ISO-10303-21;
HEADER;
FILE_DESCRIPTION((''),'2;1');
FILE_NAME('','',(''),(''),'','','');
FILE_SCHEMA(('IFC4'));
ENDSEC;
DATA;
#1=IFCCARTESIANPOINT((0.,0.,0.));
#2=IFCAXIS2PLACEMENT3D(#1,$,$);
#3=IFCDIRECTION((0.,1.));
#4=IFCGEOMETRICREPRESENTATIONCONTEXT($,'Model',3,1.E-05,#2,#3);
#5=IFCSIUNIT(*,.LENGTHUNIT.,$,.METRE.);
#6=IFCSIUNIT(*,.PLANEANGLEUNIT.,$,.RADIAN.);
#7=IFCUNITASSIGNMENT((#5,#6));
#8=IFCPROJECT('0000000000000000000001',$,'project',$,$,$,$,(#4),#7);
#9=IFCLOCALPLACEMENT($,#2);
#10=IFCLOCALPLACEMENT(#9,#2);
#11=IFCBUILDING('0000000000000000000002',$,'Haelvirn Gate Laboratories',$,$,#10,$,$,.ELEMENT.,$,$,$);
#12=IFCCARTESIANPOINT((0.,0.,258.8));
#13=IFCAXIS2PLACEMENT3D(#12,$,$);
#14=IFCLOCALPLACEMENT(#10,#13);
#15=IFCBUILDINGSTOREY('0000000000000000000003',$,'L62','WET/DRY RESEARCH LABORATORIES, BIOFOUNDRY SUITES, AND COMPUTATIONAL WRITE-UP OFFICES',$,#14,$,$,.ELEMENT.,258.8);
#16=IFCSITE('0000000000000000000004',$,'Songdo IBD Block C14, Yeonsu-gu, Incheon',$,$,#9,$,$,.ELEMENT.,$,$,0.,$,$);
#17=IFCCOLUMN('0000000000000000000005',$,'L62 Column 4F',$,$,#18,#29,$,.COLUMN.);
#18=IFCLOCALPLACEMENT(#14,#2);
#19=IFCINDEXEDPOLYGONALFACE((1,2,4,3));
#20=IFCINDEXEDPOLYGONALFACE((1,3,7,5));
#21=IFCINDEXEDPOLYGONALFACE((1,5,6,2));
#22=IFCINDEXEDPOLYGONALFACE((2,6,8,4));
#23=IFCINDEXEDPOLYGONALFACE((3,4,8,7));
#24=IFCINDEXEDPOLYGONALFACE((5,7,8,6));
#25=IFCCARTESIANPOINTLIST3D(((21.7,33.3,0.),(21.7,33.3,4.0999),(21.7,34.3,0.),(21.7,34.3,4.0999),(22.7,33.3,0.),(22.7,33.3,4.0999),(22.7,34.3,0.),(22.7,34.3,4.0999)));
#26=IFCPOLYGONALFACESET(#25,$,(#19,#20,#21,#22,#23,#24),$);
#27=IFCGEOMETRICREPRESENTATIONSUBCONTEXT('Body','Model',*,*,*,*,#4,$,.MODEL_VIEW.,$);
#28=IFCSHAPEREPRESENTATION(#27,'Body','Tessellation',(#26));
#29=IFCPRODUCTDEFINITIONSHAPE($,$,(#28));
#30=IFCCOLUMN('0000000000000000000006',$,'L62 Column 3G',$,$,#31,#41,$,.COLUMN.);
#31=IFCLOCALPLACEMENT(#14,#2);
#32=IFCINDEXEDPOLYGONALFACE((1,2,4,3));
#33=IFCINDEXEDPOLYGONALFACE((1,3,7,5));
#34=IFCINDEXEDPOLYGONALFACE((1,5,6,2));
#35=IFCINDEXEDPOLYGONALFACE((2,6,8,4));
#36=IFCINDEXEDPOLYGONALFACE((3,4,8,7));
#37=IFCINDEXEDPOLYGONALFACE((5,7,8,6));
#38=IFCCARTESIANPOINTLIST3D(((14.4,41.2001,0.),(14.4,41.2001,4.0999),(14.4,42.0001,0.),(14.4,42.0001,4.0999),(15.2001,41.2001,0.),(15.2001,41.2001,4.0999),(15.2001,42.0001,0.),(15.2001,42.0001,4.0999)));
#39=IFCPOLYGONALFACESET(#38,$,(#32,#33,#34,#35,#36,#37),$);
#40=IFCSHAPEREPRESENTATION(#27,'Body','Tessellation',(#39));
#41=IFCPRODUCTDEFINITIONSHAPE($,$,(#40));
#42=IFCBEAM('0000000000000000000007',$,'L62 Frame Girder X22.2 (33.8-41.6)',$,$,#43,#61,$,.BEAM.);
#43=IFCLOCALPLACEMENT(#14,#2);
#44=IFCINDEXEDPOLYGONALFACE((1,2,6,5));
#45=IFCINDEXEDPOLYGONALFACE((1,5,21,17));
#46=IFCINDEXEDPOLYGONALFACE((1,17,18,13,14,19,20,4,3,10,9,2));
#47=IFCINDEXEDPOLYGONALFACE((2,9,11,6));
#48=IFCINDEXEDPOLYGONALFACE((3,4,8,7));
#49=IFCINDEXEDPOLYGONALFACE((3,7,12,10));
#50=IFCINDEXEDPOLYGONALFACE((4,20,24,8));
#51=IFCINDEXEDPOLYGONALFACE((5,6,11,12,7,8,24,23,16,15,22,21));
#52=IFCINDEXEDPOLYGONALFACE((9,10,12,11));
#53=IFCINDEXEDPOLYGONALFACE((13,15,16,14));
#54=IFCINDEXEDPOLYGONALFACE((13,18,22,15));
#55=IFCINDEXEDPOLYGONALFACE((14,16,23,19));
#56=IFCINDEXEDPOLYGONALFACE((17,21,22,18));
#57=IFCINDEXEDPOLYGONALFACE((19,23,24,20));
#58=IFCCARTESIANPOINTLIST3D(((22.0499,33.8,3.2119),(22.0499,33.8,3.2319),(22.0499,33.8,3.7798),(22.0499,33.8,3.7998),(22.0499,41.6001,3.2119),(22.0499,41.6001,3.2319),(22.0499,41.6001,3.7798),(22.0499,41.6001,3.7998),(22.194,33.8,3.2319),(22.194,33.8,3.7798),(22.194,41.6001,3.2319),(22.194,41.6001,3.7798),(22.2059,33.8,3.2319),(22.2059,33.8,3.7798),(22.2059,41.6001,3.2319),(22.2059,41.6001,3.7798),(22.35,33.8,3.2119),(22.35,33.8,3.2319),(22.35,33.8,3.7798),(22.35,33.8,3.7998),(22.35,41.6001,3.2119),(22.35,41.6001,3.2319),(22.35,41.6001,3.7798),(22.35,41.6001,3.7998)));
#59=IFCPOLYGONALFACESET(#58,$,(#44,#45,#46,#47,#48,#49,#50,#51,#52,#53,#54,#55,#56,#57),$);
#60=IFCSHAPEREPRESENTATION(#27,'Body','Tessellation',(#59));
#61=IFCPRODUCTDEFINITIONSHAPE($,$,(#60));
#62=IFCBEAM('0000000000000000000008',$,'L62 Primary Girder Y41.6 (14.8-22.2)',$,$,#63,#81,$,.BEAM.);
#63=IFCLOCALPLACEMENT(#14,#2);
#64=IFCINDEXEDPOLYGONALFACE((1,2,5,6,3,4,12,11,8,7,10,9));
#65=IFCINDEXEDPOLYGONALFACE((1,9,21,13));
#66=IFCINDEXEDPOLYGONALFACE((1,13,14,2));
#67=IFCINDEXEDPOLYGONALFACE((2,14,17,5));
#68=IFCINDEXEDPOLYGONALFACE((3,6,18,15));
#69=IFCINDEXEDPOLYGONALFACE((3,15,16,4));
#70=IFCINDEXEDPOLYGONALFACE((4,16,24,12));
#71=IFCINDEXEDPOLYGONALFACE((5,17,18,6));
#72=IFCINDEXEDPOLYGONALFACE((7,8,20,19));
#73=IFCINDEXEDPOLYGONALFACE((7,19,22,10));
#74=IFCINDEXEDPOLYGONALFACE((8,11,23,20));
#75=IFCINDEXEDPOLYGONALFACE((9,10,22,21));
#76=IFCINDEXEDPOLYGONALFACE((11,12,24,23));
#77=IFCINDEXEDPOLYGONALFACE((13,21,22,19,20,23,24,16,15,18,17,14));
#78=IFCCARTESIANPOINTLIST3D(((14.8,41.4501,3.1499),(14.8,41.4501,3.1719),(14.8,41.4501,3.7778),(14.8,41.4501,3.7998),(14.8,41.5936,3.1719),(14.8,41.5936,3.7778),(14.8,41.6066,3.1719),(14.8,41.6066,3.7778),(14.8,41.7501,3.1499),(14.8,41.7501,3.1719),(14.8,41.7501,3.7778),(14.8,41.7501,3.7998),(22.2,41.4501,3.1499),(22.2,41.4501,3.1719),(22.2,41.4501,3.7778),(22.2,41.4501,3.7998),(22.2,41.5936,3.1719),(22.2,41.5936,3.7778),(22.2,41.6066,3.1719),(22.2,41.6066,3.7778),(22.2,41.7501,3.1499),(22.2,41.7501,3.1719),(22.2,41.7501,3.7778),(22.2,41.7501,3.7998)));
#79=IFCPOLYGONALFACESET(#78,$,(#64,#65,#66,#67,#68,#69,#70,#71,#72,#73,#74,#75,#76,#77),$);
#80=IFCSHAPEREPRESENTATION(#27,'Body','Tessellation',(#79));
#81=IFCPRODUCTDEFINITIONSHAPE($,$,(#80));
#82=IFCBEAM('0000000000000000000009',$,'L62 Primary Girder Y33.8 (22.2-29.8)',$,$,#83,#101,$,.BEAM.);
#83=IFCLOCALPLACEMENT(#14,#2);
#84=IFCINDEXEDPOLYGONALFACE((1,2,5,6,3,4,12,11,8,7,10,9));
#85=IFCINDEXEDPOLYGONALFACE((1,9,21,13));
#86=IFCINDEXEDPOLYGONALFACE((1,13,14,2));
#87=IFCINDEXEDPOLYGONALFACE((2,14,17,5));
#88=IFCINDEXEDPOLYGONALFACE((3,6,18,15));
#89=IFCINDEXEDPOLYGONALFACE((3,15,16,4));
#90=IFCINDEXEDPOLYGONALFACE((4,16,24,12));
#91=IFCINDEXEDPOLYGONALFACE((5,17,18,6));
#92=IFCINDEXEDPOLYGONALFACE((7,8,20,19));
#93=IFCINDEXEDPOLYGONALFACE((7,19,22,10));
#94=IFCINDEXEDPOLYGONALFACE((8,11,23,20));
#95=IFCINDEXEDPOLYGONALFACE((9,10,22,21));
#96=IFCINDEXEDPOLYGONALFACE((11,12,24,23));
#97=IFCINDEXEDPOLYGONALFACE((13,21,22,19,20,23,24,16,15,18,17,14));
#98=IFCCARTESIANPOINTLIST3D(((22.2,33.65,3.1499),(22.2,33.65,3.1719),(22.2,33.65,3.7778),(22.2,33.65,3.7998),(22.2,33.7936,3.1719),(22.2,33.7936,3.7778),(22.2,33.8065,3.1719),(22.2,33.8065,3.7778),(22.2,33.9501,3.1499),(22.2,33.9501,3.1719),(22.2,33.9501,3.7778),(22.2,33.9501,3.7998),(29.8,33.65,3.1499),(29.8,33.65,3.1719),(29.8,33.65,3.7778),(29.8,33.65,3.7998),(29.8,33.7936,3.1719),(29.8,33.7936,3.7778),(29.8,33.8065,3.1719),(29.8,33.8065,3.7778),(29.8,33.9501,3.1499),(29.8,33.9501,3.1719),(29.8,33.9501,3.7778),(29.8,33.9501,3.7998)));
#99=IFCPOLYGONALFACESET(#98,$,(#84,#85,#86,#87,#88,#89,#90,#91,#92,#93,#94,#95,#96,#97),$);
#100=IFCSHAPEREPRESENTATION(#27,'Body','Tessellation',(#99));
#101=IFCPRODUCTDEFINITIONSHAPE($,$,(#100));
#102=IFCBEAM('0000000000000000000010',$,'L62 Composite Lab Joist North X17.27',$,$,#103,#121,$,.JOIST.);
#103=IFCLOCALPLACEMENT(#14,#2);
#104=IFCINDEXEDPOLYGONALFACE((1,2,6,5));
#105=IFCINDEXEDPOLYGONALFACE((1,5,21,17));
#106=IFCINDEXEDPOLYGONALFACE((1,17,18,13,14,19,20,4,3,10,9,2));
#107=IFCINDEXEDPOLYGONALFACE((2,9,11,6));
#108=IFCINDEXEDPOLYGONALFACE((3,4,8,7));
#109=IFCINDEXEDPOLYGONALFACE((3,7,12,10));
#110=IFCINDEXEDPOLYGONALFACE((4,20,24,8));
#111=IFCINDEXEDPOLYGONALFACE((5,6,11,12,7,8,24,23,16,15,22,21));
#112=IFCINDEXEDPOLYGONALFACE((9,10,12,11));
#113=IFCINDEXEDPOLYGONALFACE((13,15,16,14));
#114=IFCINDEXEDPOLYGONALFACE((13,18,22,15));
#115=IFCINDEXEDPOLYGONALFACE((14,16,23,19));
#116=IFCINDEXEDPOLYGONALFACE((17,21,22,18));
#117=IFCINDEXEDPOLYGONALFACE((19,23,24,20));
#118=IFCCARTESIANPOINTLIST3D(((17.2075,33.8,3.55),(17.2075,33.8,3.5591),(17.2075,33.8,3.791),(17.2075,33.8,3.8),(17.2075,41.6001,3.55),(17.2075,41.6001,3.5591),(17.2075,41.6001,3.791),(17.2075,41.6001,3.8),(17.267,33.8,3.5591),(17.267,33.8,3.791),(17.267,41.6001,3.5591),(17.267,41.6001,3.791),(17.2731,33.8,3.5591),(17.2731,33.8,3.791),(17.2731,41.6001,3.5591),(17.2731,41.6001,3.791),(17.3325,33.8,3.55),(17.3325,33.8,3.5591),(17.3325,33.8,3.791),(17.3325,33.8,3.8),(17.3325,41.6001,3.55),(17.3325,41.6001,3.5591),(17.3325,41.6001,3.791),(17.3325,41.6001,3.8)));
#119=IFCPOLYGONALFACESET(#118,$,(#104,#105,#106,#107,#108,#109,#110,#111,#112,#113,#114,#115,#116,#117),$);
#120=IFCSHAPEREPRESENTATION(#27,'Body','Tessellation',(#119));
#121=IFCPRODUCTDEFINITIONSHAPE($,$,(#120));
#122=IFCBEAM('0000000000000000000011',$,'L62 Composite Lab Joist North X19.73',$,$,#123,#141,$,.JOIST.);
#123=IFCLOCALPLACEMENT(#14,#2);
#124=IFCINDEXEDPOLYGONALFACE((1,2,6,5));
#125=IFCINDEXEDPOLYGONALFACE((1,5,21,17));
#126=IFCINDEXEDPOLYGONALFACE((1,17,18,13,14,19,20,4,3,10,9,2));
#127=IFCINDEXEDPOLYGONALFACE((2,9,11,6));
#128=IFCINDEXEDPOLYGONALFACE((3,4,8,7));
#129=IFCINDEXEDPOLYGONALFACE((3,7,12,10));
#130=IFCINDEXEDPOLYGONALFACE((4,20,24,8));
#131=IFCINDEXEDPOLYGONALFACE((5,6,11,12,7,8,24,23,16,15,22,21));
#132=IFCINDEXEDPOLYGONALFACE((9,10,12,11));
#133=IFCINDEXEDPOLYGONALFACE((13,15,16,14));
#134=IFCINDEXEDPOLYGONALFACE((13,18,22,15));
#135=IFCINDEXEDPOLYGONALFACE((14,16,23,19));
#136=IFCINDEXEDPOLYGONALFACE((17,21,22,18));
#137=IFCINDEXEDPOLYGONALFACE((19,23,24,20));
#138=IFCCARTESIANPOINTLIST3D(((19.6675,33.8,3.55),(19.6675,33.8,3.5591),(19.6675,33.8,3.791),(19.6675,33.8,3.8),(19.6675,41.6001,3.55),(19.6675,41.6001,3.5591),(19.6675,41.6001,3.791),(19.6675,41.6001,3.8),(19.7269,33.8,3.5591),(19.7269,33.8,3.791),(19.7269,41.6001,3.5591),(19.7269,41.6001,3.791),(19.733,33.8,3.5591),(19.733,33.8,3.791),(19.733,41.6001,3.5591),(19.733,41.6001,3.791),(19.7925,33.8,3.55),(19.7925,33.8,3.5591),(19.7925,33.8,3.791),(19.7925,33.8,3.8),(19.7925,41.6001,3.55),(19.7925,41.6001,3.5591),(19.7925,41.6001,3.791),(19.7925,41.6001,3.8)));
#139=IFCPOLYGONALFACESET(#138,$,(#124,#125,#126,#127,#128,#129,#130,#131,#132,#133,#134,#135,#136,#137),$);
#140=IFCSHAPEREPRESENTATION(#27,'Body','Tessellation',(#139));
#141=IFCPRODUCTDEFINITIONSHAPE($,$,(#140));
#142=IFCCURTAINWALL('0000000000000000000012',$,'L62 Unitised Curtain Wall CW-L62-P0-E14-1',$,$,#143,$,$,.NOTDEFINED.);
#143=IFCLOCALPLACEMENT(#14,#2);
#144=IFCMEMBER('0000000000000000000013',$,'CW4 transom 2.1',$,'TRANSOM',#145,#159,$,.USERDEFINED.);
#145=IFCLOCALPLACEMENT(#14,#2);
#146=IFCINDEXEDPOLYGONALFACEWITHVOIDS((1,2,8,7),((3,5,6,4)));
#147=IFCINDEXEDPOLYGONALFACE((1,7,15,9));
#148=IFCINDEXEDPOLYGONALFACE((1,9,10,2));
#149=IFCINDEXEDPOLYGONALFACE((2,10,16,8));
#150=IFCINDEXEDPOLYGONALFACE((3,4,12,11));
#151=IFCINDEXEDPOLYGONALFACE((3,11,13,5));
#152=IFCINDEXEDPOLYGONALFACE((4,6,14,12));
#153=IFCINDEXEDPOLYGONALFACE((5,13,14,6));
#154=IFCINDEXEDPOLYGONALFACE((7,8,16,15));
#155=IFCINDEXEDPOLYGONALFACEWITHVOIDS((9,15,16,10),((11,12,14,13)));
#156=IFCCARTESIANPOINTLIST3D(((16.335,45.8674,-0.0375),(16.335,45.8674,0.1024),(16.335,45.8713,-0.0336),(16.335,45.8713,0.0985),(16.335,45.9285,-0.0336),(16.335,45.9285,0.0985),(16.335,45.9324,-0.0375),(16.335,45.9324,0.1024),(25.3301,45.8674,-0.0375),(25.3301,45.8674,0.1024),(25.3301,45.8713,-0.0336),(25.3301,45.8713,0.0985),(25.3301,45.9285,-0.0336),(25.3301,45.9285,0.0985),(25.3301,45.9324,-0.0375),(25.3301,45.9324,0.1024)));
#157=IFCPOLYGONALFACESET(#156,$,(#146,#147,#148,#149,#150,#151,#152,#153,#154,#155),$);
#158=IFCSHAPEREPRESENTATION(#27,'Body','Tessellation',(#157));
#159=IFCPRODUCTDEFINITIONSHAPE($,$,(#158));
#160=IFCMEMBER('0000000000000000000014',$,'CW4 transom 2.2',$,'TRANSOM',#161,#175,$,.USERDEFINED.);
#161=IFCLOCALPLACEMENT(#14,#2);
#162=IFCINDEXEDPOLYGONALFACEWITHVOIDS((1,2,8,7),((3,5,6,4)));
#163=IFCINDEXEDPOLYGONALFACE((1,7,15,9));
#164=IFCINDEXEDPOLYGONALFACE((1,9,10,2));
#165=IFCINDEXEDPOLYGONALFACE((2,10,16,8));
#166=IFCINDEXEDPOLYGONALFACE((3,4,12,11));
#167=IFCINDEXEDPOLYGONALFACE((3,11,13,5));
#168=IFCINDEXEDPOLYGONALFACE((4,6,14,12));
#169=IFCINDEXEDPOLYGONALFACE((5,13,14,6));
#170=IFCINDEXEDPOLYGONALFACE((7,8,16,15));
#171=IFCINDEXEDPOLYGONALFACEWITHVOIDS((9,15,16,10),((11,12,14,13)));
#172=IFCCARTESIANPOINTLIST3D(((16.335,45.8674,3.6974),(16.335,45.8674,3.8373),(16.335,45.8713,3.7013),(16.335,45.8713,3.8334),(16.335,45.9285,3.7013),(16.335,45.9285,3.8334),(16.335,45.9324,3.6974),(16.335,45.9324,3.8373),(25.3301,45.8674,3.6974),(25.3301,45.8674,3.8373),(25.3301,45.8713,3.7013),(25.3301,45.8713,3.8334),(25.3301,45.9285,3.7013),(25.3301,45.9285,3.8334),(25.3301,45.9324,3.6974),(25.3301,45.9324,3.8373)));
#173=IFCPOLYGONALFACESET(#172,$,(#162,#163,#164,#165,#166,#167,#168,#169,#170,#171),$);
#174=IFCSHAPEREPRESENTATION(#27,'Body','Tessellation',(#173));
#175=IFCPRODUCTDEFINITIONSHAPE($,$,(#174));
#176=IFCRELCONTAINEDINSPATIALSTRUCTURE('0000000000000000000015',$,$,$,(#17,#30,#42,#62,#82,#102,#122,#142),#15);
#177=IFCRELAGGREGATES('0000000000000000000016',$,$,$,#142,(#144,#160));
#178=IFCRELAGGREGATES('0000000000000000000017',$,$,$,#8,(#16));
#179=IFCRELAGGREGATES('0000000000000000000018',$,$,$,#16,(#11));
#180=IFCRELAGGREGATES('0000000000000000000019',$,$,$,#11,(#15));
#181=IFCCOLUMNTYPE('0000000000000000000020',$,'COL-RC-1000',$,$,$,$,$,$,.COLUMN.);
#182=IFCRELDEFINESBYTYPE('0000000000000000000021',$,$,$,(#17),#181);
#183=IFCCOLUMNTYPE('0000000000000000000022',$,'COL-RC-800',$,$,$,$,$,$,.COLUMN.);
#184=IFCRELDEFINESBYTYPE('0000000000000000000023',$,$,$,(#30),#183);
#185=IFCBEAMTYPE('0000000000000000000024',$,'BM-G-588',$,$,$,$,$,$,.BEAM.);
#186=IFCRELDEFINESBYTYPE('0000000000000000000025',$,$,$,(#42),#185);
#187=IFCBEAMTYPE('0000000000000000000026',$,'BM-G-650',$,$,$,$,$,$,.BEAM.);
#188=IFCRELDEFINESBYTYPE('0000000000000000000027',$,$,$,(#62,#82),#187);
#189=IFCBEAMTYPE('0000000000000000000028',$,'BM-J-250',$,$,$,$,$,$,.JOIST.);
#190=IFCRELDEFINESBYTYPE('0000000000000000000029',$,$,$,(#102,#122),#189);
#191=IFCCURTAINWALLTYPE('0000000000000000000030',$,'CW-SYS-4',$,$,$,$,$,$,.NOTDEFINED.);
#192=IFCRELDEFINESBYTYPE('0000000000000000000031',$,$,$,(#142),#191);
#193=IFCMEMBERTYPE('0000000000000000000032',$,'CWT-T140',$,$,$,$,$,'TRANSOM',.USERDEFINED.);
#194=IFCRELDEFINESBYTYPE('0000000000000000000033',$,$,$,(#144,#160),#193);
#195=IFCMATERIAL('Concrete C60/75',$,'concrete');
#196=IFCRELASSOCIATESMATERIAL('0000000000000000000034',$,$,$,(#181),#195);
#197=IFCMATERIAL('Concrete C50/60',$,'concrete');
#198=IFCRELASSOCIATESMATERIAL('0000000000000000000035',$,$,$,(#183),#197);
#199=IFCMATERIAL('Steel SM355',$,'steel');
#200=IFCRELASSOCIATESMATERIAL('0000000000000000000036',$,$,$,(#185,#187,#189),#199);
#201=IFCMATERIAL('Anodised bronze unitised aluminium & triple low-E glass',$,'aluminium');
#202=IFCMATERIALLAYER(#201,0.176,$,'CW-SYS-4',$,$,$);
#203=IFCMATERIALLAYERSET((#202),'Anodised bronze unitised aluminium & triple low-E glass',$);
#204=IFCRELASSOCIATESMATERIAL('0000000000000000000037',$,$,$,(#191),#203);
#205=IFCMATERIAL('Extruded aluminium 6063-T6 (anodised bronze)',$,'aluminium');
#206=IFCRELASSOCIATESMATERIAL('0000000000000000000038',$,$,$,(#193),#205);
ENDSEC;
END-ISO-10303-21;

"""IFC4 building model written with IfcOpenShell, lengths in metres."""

from ifc_helpers import new_model, si_unit, direction, frame, origin, origin_2d, place, context, subcontext, project, spatial, rectangle, hollow_rectangle, i_section, extrude, source, transform, mapped, material, layer, layer_set, material_profile, profile_set, type_object, type_shapes, element, aggregate, save


model = new_model("IFC4")

# Units and contexts
model_context = context("Model", 3, precision=1e-05, world=origin(), true_north=direction((0.0, 1.0)))
body_context = subcontext(model_context, "Body", "Model", "MODEL_VIEW")
ifc_project = project(units=[si_unit("LENGTHUNIT", "METRE"), si_unit("PLANEANGLEUNIT", "RADIAN")], contexts=[model_context])

# Site, building, storey
site_placement = place(None, origin())
site = spatial("IfcSite", under=ifc_project, at=site_placement, Name="Songdo IBD Block C14, Yeonsu-gu, Incheon", CompositionType="ELEMENT", RefElevation=0.0)
building_placement = place(site_placement, origin())
building = spatial("IfcBuilding", under=site, at=building_placement, Name="Haelvirn Gate Laboratories", CompositionType="ELEMENT")
storey_placement = place(building_placement, frame((0.0, 0.0, 258.8)))
storey = spatial("IfcBuildingStorey", under=building, at=storey_placement, Name="L62", Description="WET/DRY RESEARCH LABORATORIES, BIOFOUNDRY SUITES, AND COMPUTATIONAL WRITE-UP OFFICES", CompositionType="ELEMENT", Elevation=258.8)

# Columns
ifc_material_1 = material(Name="Concrete C60/75", Category="concrete")
ifc_material_profile_1 = material_profile(ifc_material_1, rectangle(XDim=1.0, YDim=1.0, at=origin_2d()), Name="RC-1000x1000")
ifc_profile_set_1 = profile_set([ifc_material_profile_1], Name="Concrete C60/75")
column_type_1 = type_object("IfcColumnType", Name="COL-RC-1000", PredefinedType="COLUMN", material=ifc_profile_set_1)
shared_shape_1 = source(origin(), body_context, "Body", "SweptSolid", [
    extrude(rectangle(XDim=1.0, YDim=1.0, at=origin_2d()), origin(), (0.0, 0.0, 1.0), 4.0999),
])
type_shapes(column_type_1, [shared_shape_1])
column_1_placement = place(storey_placement, frame((22.2, 33.8, 0.0), z_axis=(0.0, 0.0, 1.0), x_axis=(1.0, 0.0, 0.0)))
element("IfcColumn", 1, at=column_1_placement, inside=storey, type_object=column_type_1, Name="L62 Column 4F", PredefinedType="COLUMN", context=body_context, shape_type="MappedRepresentation", body=[
    mapped(shared_shape_1, transform((0.0, 0.0, 0.0), scale=1.0)),
])
ifc_material_2 = material(Name="Concrete C50/60", Category="concrete")
ifc_material_profile_2 = material_profile(ifc_material_2, rectangle(XDim=0.8, YDim=0.8, at=origin_2d()), Name="RC-800x800")
ifc_profile_set_2 = profile_set([ifc_material_profile_2], Name="Concrete C50/60")
column_type_2 = type_object("IfcColumnType", Name="COL-RC-800", PredefinedType="COLUMN", material=ifc_profile_set_2)
shared_shape_2 = source(origin(), body_context, "Body", "SweptSolid", [
    extrude(rectangle(XDim=0.8, YDim=0.8, at=origin_2d()), origin(), (0.0, 0.0, 1.0), 4.0999),
])
type_shapes(column_type_2, [shared_shape_2])
column_2_placement = place(storey_placement, frame((14.8, 41.6001, 0.0), z_axis=(0.0, 0.0, 1.0), x_axis=(1.0, 0.0, 0.0)))
element("IfcColumn", 2, at=column_2_placement, inside=storey, type_object=column_type_2, Name="L62 Column 3G", PredefinedType="COLUMN", context=body_context, shape_type="MappedRepresentation", body=[
    mapped(shared_shape_2, transform((0.0, 0.0, 0.0), scale=1.0)),
])

# Beams
ifc_material_3 = material(Name="Steel SM355", Category="steel")
ifc_material_profile_3 = material_profile(ifc_material_3, i_section(OverallWidth=0.3, OverallDepth=0.5879, WebThickness=0.012, FlangeThickness=0.02, at=origin_2d()), Name="H-588x300x12x20")
ifc_profile_set_3 = profile_set([ifc_material_profile_3], Name="Steel SM355")
beam_type_1 = type_object("IfcBeamType", Name="BM-G-588", PredefinedType="BEAM", material=ifc_profile_set_3)
shared_shape_3 = source(origin(), body_context, "Body", "SweptSolid", [
    extrude(i_section(OverallWidth=0.3, OverallDepth=0.5879, WebThickness=0.012, FlangeThickness=0.02, at=origin_2d()), origin(), (0.0, 0.0, 1.0), 7.8),
])
type_shapes(beam_type_1, [shared_shape_3])
beam_1_placement = place(storey_placement, frame((22.2, 33.8, 3.5059), z_axis=(0.0, 1.0, 0.0), x_axis=(-1.0, 0.0, 0.0)))
element("IfcBeam", 3, at=beam_1_placement, inside=storey, type_object=beam_type_1, Name="L62 Frame Girder X22.2 (33.8-41.6)", PredefinedType="BEAM", context=body_context, shape_type="MappedRepresentation", body=[
    mapped(shared_shape_3, transform((0.0, 0.0, 0.0), scale=1.0)),
])
ifc_material_profile_4 = material_profile(ifc_material_3, i_section(OverallWidth=0.3, OverallDepth=0.6499, WebThickness=0.0129, FlangeThickness=0.022, at=origin_2d()), Name="H-650x300x13x22")
ifc_profile_set_4 = profile_set([ifc_material_profile_4], Name="Steel SM355")
beam_type_2 = type_object("IfcBeamType", Name="BM-G-650", PredefinedType="BEAM", material=ifc_profile_set_4)
shared_shape_4 = source(origin(), body_context, "Body", "SweptSolid", [
    extrude(i_section(OverallWidth=0.3, OverallDepth=0.6499, WebThickness=0.0129, FlangeThickness=0.022, at=origin_2d()), origin(), (0.0, 0.0, 1.0), 7.3999),
])
beam_2_placement = place(storey_placement, frame((14.8, 41.6001, 3.4749), z_axis=(1.0, 0.0, 0.0), x_axis=(0.0, 1.0, 0.0)))
element("IfcBeam", 4, at=beam_2_placement, inside=storey, type_object=beam_type_2, Name="L62 Primary Girder Y41.6 (14.8-22.2)", PredefinedType="BEAM", context=body_context, shape_type="MappedRepresentation", body=[
    mapped(shared_shape_4, transform((0.0, 0.0, 0.0), scale=1.0)),
])
shared_shape_5 = source(origin(), body_context, "Body", "SweptSolid", [
    extrude(i_section(OverallWidth=0.3, OverallDepth=0.6499, WebThickness=0.0129, FlangeThickness=0.022, at=origin_2d()), origin(), (0.0, 0.0, 1.0), 7.6001),
])
type_shapes(beam_type_2, [shared_shape_4, shared_shape_5])
beam_3_placement = place(storey_placement, frame((22.2, 33.8, 3.4749), z_axis=(1.0, 0.0, 0.0), x_axis=(0.0, 1.0, 0.0)))
element("IfcBeam", 5, at=beam_3_placement, inside=storey, type_object=beam_type_2, Name="L62 Primary Girder Y33.8 (22.2-29.8)", PredefinedType="BEAM", context=body_context, shape_type="MappedRepresentation", body=[
    mapped(shared_shape_5, transform((0.0, 0.0, 0.0), scale=1.0)),
])
ifc_material_profile_5 = material_profile(ifc_material_3, i_section(OverallWidth=0.125, OverallDepth=0.25, WebThickness=0.0061, FlangeThickness=0.009, at=origin_2d()), Name="H-250x125x6x9")
ifc_profile_set_5 = profile_set([ifc_material_profile_5], Name="Steel SM355")
beam_type_3 = type_object("IfcBeamType", Name="BM-J-250", PredefinedType="JOIST", material=ifc_profile_set_5)
shared_shape_6 = source(origin(), body_context, "Body", "SweptSolid", [
    extrude(i_section(OverallWidth=0.125, OverallDepth=0.25, WebThickness=0.0061, FlangeThickness=0.009, at=origin_2d()), origin(), (0.0, 0.0, 1.0), 7.8),
])
type_shapes(beam_type_3, [shared_shape_6])
for number, where, z_axis, x_axis, name in (
    (6, (17.27, 33.8, 3.675), (0.0, 1.0, 0.0), (-1.0, 0.0, 0.0), "L62 Composite Lab Joist North X17.27"),
    (7, (19.73, 33.8, 3.675), (0.0, 1.0, 0.0), (-1.0, 0.0, 0.0), "L62 Composite Lab Joist North X19.73"),
):
    element("IfcBeam", number, at=place(storey_placement, frame(where, z_axis=z_axis, x_axis=x_axis)), inside=storey, type_object=beam_type_3, Name=name, PredefinedType="JOIST", context=body_context, shape_type="MappedRepresentation", body=[
        mapped(shared_shape_6, transform((0.0, 0.0, 0.0), scale=1.0)),
    ])

# Curtain wall, members
ifc_material_4 = material(Name="Anodised bronze unitised aluminium & triple low-E glass", Category="aluminium")
ifc_layer_1 = layer(ifc_material_4, 0.176, Name="CW-SYS-4")
ifc_layer_set_1 = layer_set([ifc_layer_1], Name="Anodised bronze unitised aluminium & triple low-E glass")
curtain_wall_type = type_object("IfcCurtainWallType", Name="CW-SYS-4", PredefinedType="NOTDEFINED", material=ifc_layer_set_1)
curtain_wall_placement = place(storey_placement, origin())
curtain_wall = element("IfcCurtainWall", 8, at=curtain_wall_placement, inside=storey, type_object=curtain_wall_type, Name="L62 Unitised Curtain Wall CW-L62-P0-E14-1", PredefinedType="NOTDEFINED")
ifc_material_5 = material(Name="Extruded aluminium 6063-T6 (anodised bronze)", Category="aluminium")
ifc_material_profile_6 = material_profile(ifc_material_5, hollow_rectangle(XDim=0.0649, YDim=0.1399, WallThickness=0.0039, at=origin_2d()), Name="CWT-140x65x4")
ifc_profile_set_6 = profile_set([ifc_material_profile_6], Name="Extruded aluminium 6063-T6 (anodised bronze)")
member_type_1 = type_object("IfcMemberType", Name="CWT-T140", ElementType="TRANSOM", PredefinedType="USERDEFINED", material=ifc_profile_set_6)
shared_shape_7 = source(origin(), body_context, "Body", "SweptSolid", [
    extrude(hollow_rectangle(XDim=0.0649, YDim=0.1399, WallThickness=0.0039, at=origin_2d()), origin(), (0.0, 0.0, 1.0), 8.9951),
])
type_shapes(member_type_1, [shared_shape_7])
member_1_placement = place(storey_placement, frame((16.335, 45.8999, 0.0325), z_axis=(1.0, 0.0, 0.0), x_axis=(0.0, 1.0, 0.0)))
member_1 = element("IfcMember", 9, at=member_1_placement, type_object=member_type_1, Name="CW4 transom 2.1", ObjectType="TRANSOM", PredefinedType="USERDEFINED", context=body_context, shape_type="MappedRepresentation", body=[
    mapped(shared_shape_7, transform((0.0, 0.0, 0.0), scale=1.0)),
])
member_2_placement = place(storey_placement, frame((16.335, 45.8999, 3.7673), z_axis=(1.0, 0.0, 0.0), x_axis=(0.0, 1.0, 0.0)))
member_2 = element("IfcMember", 10, at=member_2_placement, type_object=member_type_1, Name="CW4 transom 2.2", ObjectType="TRANSOM", PredefinedType="USERDEFINED", context=body_context, shape_type="MappedRepresentation", body=[
    mapped(shared_shape_7, transform((0.0, 0.0, 0.0), scale=1.0)),
])
aggregate(curtain_wall, [member_1, member_2])

save(model, "model.ifc")
